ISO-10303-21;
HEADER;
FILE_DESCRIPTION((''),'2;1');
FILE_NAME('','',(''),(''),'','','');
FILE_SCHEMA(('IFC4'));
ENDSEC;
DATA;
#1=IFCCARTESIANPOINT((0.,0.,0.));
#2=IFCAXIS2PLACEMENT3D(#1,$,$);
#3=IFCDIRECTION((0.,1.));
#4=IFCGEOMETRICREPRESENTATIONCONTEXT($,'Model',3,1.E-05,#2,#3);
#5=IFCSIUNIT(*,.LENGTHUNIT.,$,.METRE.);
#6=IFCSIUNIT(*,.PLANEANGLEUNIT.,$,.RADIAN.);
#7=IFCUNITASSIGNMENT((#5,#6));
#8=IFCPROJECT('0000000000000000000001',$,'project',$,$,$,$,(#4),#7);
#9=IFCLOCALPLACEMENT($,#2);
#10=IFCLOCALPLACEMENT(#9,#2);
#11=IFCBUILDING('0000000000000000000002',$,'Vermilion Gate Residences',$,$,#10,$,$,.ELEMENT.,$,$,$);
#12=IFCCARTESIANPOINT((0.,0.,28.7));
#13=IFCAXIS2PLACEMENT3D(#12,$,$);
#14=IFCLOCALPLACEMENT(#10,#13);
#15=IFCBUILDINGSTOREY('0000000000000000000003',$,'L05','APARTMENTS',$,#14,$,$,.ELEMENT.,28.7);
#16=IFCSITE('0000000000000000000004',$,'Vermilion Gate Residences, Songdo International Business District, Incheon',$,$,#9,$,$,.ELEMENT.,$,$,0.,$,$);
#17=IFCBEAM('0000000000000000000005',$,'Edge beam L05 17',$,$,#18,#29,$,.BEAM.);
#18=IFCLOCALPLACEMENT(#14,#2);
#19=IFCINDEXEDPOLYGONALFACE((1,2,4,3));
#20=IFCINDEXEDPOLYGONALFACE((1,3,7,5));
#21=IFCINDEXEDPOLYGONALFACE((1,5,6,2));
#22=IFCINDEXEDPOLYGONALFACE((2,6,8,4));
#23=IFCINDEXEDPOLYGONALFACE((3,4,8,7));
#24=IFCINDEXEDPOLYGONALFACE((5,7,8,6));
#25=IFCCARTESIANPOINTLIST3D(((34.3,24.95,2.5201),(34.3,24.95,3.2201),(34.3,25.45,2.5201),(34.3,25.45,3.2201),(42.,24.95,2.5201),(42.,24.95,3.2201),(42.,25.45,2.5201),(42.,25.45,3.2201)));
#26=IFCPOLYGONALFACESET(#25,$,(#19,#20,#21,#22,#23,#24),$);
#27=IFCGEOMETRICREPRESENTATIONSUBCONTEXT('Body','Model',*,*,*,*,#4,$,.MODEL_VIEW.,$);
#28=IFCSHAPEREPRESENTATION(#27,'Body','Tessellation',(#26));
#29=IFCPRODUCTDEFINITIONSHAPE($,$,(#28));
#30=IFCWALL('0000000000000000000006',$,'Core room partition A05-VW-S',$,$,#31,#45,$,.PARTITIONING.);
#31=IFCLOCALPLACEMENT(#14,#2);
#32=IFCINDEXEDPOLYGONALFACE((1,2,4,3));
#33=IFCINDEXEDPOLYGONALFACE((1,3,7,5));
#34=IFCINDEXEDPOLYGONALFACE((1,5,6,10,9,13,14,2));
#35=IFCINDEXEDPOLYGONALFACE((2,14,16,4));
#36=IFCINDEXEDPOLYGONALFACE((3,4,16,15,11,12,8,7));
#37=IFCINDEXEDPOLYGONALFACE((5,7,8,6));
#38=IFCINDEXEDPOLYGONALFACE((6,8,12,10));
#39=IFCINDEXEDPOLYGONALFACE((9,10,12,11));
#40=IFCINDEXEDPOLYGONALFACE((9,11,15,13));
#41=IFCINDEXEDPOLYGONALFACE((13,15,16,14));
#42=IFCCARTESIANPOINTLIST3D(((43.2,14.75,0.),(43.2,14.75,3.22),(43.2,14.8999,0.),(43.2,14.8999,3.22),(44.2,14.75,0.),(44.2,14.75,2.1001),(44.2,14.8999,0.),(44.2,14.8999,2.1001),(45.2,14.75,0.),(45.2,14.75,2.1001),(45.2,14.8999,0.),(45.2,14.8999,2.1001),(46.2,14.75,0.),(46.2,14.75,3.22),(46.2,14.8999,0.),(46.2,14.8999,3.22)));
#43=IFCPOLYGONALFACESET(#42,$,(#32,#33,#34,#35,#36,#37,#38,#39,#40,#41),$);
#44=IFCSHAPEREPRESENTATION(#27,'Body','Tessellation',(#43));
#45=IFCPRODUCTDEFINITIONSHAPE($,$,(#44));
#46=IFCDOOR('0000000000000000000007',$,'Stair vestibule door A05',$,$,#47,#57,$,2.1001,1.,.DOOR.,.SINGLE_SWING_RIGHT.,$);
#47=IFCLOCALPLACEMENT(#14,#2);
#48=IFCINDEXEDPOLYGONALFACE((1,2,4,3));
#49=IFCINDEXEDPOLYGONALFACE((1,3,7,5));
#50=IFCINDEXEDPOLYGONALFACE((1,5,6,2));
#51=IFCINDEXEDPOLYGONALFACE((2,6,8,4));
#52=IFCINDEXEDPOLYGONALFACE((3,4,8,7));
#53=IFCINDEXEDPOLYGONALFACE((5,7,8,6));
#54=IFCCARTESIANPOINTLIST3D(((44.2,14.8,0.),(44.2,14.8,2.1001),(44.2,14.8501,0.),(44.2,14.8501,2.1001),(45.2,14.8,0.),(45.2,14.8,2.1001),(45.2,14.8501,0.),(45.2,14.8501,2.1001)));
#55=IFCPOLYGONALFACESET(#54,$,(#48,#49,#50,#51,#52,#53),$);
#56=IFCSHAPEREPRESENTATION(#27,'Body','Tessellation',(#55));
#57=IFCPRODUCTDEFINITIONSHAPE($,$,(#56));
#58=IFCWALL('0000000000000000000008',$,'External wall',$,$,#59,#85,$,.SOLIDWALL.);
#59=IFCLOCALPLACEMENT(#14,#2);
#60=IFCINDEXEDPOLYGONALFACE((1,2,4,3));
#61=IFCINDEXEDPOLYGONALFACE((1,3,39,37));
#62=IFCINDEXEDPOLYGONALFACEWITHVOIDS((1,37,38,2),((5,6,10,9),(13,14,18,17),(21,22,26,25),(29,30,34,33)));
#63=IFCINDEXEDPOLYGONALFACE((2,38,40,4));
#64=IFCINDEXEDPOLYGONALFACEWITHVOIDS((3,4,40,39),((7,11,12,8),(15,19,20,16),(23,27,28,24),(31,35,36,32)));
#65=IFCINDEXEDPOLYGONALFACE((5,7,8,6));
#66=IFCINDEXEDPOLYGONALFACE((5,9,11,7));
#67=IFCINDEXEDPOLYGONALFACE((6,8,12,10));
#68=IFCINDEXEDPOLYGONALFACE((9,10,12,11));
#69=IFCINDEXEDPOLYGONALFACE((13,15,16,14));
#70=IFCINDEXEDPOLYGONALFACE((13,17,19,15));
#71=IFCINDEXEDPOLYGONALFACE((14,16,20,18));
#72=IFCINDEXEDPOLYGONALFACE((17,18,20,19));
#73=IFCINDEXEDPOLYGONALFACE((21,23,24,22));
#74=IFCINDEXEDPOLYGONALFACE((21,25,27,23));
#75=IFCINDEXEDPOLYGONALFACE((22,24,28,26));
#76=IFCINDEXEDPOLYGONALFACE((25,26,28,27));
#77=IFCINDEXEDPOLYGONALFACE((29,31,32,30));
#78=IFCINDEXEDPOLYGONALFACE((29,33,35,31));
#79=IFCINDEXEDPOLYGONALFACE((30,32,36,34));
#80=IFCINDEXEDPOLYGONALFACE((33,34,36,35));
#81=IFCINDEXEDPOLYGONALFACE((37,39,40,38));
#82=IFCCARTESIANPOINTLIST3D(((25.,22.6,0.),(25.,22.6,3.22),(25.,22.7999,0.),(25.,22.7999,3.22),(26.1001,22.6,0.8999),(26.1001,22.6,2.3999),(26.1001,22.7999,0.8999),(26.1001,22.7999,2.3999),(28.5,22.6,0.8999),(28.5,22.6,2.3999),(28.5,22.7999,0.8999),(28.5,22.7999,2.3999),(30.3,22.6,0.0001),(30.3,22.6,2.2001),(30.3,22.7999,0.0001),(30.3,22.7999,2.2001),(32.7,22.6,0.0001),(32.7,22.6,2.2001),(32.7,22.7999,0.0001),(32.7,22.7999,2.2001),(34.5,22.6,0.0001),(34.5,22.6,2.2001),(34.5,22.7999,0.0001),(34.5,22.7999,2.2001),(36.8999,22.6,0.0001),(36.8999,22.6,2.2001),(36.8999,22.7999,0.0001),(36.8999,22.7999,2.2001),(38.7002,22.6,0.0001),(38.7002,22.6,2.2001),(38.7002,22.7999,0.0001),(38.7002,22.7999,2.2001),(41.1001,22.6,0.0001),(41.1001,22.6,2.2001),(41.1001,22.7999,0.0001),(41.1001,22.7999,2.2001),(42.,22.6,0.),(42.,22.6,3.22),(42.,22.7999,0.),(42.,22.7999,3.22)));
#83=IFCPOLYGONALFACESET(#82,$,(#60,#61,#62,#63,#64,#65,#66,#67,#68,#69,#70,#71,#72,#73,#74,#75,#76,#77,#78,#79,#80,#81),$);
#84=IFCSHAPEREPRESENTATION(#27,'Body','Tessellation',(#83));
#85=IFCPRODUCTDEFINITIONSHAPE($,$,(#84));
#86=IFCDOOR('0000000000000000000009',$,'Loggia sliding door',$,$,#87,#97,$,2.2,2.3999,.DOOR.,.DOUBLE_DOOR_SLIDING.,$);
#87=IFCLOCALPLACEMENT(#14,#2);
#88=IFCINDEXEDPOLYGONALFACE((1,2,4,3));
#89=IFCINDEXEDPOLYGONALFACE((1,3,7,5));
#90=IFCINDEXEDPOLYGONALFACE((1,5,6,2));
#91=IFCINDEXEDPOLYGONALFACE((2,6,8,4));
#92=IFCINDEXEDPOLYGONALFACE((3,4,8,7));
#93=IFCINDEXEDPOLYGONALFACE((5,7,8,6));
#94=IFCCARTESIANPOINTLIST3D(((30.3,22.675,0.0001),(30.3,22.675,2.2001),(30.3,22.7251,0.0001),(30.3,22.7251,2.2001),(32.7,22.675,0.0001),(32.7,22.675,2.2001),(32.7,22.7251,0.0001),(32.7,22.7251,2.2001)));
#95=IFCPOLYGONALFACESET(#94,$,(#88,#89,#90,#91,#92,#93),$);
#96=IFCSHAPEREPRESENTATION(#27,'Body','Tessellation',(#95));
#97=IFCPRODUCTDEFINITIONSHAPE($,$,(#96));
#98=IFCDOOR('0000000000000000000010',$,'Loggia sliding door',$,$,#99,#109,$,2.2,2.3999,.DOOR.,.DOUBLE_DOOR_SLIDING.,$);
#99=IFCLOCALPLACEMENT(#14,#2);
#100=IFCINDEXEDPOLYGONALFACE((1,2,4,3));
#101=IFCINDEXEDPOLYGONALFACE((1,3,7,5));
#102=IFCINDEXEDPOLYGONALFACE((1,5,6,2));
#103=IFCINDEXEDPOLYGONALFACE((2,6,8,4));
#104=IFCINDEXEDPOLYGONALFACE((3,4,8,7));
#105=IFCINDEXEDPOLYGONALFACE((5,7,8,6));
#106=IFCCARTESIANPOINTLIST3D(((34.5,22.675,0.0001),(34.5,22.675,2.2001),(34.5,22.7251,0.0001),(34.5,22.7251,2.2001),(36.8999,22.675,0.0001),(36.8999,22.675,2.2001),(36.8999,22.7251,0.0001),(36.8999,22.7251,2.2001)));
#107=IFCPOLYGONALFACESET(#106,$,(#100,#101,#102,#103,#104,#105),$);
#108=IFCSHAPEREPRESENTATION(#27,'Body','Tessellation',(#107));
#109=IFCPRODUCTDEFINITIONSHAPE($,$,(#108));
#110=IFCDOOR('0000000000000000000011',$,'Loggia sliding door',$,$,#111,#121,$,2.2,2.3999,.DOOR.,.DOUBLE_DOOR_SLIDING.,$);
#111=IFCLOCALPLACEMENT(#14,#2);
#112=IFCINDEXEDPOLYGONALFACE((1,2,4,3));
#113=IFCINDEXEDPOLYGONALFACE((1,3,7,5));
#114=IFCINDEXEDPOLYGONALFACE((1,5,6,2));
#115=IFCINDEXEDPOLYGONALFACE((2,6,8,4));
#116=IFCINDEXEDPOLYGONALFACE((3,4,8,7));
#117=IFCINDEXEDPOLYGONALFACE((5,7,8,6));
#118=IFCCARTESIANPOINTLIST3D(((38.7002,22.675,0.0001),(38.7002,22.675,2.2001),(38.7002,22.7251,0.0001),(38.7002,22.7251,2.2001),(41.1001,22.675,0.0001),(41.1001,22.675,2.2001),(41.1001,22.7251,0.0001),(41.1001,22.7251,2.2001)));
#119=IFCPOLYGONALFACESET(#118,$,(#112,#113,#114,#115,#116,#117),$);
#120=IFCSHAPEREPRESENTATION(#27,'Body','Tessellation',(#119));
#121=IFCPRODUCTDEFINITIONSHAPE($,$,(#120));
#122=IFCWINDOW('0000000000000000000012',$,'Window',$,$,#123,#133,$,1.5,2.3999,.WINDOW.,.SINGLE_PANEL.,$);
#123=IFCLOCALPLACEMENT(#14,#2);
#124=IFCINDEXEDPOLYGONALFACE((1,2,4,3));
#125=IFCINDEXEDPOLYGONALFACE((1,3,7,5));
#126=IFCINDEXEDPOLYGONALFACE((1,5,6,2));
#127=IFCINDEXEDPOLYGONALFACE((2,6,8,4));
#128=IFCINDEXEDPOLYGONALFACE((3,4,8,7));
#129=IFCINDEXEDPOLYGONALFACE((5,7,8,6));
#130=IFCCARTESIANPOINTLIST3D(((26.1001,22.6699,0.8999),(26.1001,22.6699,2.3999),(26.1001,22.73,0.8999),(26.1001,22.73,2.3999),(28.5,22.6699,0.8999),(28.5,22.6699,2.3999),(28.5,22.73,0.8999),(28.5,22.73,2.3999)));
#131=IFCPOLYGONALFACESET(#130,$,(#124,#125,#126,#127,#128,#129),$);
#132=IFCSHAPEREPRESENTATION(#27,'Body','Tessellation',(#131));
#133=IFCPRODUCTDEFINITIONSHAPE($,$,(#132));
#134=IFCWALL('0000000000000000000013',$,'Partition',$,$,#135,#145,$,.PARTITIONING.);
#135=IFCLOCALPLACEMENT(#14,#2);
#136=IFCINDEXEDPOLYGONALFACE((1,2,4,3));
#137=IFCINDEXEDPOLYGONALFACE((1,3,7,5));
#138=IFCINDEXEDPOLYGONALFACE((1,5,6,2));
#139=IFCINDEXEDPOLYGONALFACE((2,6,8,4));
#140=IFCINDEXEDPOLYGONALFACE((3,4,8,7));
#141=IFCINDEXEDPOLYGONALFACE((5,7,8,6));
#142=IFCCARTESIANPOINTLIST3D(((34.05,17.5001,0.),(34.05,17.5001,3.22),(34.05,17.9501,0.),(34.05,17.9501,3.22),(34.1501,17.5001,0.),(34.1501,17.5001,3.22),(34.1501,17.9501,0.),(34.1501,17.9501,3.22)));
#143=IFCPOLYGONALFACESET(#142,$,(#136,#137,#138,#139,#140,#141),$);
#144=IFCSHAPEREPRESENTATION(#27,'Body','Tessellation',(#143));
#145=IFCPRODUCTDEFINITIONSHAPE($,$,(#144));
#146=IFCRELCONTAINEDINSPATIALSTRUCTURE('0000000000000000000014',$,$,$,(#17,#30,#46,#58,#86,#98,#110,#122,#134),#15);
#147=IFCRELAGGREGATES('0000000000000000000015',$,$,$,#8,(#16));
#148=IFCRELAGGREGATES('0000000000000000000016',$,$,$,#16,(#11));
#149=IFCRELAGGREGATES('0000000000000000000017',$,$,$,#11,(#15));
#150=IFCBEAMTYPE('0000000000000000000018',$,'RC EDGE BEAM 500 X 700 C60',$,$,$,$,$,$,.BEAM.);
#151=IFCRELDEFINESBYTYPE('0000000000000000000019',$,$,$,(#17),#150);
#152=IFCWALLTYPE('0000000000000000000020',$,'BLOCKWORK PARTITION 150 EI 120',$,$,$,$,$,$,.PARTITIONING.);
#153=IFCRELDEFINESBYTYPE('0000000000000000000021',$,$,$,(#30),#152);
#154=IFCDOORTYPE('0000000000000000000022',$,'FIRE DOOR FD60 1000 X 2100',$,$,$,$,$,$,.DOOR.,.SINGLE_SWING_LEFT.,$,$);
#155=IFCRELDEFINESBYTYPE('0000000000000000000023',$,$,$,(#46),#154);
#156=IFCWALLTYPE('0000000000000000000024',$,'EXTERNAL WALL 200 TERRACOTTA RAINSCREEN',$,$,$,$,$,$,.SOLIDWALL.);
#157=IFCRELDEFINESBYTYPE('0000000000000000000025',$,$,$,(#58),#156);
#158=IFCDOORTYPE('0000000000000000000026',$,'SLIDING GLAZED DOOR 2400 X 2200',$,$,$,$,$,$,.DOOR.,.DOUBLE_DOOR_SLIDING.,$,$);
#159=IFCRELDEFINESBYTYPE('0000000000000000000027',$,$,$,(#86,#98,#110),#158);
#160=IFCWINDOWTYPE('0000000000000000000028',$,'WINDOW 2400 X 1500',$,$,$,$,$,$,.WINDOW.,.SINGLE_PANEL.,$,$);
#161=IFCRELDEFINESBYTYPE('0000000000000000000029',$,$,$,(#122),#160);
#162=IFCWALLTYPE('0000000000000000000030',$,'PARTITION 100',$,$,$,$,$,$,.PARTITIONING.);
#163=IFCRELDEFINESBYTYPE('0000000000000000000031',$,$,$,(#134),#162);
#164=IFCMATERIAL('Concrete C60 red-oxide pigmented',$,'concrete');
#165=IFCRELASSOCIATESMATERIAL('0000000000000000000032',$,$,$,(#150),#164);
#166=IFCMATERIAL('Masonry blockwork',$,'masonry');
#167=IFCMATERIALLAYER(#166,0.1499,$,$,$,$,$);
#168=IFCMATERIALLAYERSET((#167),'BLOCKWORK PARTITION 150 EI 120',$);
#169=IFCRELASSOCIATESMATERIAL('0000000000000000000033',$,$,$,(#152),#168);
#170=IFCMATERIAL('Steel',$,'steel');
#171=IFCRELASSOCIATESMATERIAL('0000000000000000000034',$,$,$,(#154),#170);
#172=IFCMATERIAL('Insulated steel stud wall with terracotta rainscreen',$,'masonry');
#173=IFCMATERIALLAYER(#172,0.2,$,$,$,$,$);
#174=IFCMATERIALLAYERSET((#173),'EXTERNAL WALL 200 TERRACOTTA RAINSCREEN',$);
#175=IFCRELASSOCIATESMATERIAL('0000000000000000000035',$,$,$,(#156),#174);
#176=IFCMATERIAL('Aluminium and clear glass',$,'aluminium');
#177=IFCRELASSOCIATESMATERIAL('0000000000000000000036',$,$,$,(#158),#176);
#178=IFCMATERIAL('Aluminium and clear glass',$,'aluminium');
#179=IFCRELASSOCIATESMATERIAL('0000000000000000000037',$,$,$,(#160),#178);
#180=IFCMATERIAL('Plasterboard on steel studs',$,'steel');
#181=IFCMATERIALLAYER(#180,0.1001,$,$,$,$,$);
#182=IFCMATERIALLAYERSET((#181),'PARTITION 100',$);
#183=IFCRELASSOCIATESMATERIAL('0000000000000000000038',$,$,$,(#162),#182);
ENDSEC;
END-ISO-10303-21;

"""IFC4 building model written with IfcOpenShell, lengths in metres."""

from ifc_helpers import new_model, si_unit, direction, frame, frame_2d, origin, origin_2d, place, context, subcontext, project, spatial, rectangle, extrude, material, layer, layer_set, material_profile, profile_set, type_object, element, fill, save


model = new_model("IFC4")

# Units and contexts
model_context = context("Model", 3, precision=1e-05, world=origin(), true_north=direction((0.0, 1.0)))
body_context = subcontext(model_context, "Body", "Model", "MODEL_VIEW")
ifc_project = project(units=[si_unit("LENGTHUNIT", "METRE"), si_unit("PLANEANGLEUNIT", "RADIAN")], contexts=[model_context])

# Site, building, storey
site_placement = place(None, origin())
site = spatial("IfcSite", under=ifc_project, at=site_placement, Name="Vermilion Gate Residences, Songdo International Business District, Incheon", CompositionType="ELEMENT", RefElevation=0.0)
building_placement = place(site_placement, origin())
building = spatial("IfcBuilding", under=site, at=building_placement, Name="Vermilion Gate Residences", CompositionType="ELEMENT")
storey_placement = place(building_placement, frame((0.0, 0.0, 28.7)))
storey = spatial("IfcBuildingStorey", under=building, at=storey_placement, Name="L05", Description="APARTMENTS", CompositionType="ELEMENT", Elevation=28.7)

# Beam
ifc_material_1 = material(Name="Concrete C60 red-oxide pigmented", Category="concrete")
ifc_material_profile_1 = material_profile(ifc_material_1, rectangle(XDim=0.5, YDim=0.7, at=origin_2d()), Name="RC-500x700")
ifc_profile_set_1 = profile_set([ifc_material_profile_1], Name="Concrete C60 red-oxide pigmented")
beam_type = type_object("IfcBeamType", Name="RC EDGE BEAM 500 X 700 C60", PredefinedType="BEAM", material=ifc_profile_set_1)
beam_placement = place(storey_placement, frame((34.3, 25.2, 2.8701), z_axis=(1.0, 0.0, 0.0), x_axis=(0.0, 1.0, 0.0)))
element("IfcBeam", 1, at=beam_placement, inside=storey, type_object=beam_type, Name="Edge beam L05 17", PredefinedType="BEAM", context=body_context, shape_type="SweptSolid", body=[
    extrude(rectangle(XDim=0.5, YDim=0.7, at=origin_2d()), origin(), (0.0, 0.0, 1.0), 7.7),
])

# Wall, opening, door
ifc_material_2 = material(Name="Masonry blockwork", Category="masonry")
ifc_layer_1 = layer(ifc_material_2, 0.1499)
ifc_layer_set_1 = layer_set([ifc_layer_1], Name="BLOCKWORK PARTITION 150 EI 120")
wall_type_1 = type_object("IfcWallType", Name="BLOCKWORK PARTITION 150 EI 120", PredefinedType="PARTITIONING", material=ifc_layer_set_1)
wall_1_placement = place(storey_placement, frame((43.2, 14.825, 0.0), z_axis=(0.0, 0.0, 1.0), x_axis=(1.0, 0.0, 0.0)))
wall_1 = element("IfcWall", 2, at=wall_1_placement, inside=storey, type_object=wall_type_1, Name="Core room partition A05-VW-S", PredefinedType="PARTITIONING", context=body_context, shape_type="SweptSolid", body=[
    extrude(rectangle(XDim=3.0, YDim=0.1499, at=frame_2d((1.5, 0.0))), origin(), (0.0, 0.0, 1.0), 3.22),
])
opening_1_placement = place(wall_1_placement, frame((1.0, 0.0, 0.0)))
opening_1 = element("IfcOpeningElement", 3, at=opening_1_placement, cuts=wall_1, PredefinedType="OPENING", context=body_context, shape_type="SweptSolid", body=[
    extrude(rectangle(XDim=1.0, YDim=2.1001, at=frame_2d((0.5, 1.05))), frame((0.0, 0.085, 0.0), z_axis=(0.0, -1.0, 0.0), x_axis=(1.0, 0.0, 0.0)), (0.0, 0.0, 1.0), 0.1699),
])
ifc_material_3 = material(Name="Steel", Category="steel")
door_type_1 = type_object("IfcDoorType", Name="FIRE DOOR FD60 1000 X 2100", OperationType="SINGLE_SWING_LEFT", PredefinedType="DOOR", material=ifc_material_3)
door_1_placement = place(opening_1_placement, frame((1.0, 0.0, 0.0), z_axis=(0.0, 0.0, 1.0), x_axis=(-1.0, 0.0, 0.0)))
door_1 = element("IfcDoor", 4, at=door_1_placement, inside=storey, type_object=door_type_1, Name="Stair vestibule door A05", OperationType="SINGLE_SWING_RIGHT", OverallHeight=2.1001, OverallWidth=1.0, PredefinedType="DOOR", context=body_context, shape_type="SweptSolid", body=[
    extrude(rectangle(XDim=1.0, YDim=2.1001, at=frame_2d((0.5, 1.05))), frame((0.0, 0.0249, 0.0), z_axis=(0.0, -1.0, 0.0), x_axis=(1.0, 0.0, 0.0)), (0.0, 0.0, 1.0), 0.05),
])
fill(opening_1, door_1)

# Wall, openings, doors, window
ifc_material_4 = material(Name="Insulated steel stud wall with terracotta rainscreen", Category="masonry")
ifc_layer_2 = layer(ifc_material_4, 0.2)
ifc_layer_set_2 = layer_set([ifc_layer_2], Name="EXTERNAL WALL 200 TERRACOTTA RAINSCREEN")
wall_type_2 = type_object("IfcWallType", Name="EXTERNAL WALL 200 TERRACOTTA RAINSCREEN", PredefinedType="SOLIDWALL", material=ifc_layer_set_2)
wall_2_placement = place(storey_placement, frame((42.0, 22.7, 0.0), z_axis=(0.0, 0.0, 1.0), x_axis=(-1.0, 0.0, 0.0)))
wall_2 = element("IfcWall", 5, at=wall_2_placement, inside=storey, type_object=wall_type_2, Name="External wall", PredefinedType="SOLIDWALL", context=body_context, shape_type="SweptSolid", body=[
    extrude(rectangle(XDim=17.0, YDim=0.2, at=frame_2d((8.5, 0.0))), origin(), (0.0, 0.0, 1.0), 3.22),
])
opening_2_placement = place(wall_2_placement, frame((13.5, 0.0, 0.8999)))
opening_2 = element("IfcOpeningElement", 6, at=opening_2_placement, cuts=wall_2, PredefinedType="OPENING", context=body_context, shape_type="SweptSolid", body=[
    extrude(rectangle(XDim=2.3999, YDim=1.5, at=frame_2d((1.2, 0.75))), frame((0.0, 0.1099, 0.0), z_axis=(0.0, -1.0, 0.0), x_axis=(1.0, 0.0, 0.0)), (0.0, 0.0, 1.0), 0.22),
])
opening_3_placement = place(wall_2_placement, frame((9.3, 0.0, 0.0)))
opening_3 = element("IfcOpeningElement", 7, at=opening_3_placement, cuts=wall_2, PredefinedType="OPENING", context=body_context, shape_type="SweptSolid", body=[
    extrude(rectangle(XDim=2.3999, YDim=2.2, at=frame_2d((1.2, 1.1001))), frame((0.0, 0.1099, 0.0), z_axis=(0.0, -1.0, 0.0), x_axis=(1.0, 0.0, 0.0)), (0.0, 0.0, 1.0), 0.22),
])
opening_4_placement = place(wall_2_placement, frame((5.1001, 0.0, 0.0)))
opening_4 = element("IfcOpeningElement", 8, at=opening_4_placement, cuts=wall_2, PredefinedType="OPENING", context=body_context, shape_type="SweptSolid", body=[
    extrude(rectangle(XDim=2.3999, YDim=2.2, at=frame_2d((1.2, 1.1001))), frame((0.0, 0.1099, 0.0), z_axis=(0.0, -1.0, 0.0), x_axis=(1.0, 0.0, 0.0)), (0.0, 0.0, 1.0), 0.22),
])
opening_5_placement = place(wall_2_placement, frame((0.8999, 0.0, 0.0)))
opening_5 = element("IfcOpeningElement", 9, at=opening_5_placement, cuts=wall_2, PredefinedType="OPENING", context=body_context, shape_type="SweptSolid", body=[
    extrude(rectangle(XDim=2.3999, YDim=2.2, at=frame_2d((1.2, 1.1001))), frame((0.0, 0.1099, 0.0), z_axis=(0.0, -1.0, 0.0), x_axis=(1.0, 0.0, 0.0)), (0.0, 0.0, 1.0), 0.22),
])
ifc_material_5 = material(Name="Aluminium and clear glass", Category="aluminium")
door_type_2 = type_object("IfcDoorType", Name="SLIDING GLAZED DOOR 2400 X 2200", OperationType="DOUBLE_DOOR_SLIDING", PredefinedType="DOOR", material=ifc_material_5)
door_2_placement = place(opening_3_placement, origin())
door_2 = element("IfcDoor", 10, at=door_2_placement, inside=storey, type_object=door_type_2, Name="Loggia sliding door", OperationType="DOUBLE_DOOR_SLIDING", OverallHeight=2.2, OverallWidth=2.3999, PredefinedType="DOOR", context=body_context, shape_type="SweptSolid", body=[
    extrude(rectangle(XDim=2.3999, YDim=2.2, at=frame_2d((1.2, 1.1001))), frame((0.0, 0.0249, 0.0), z_axis=(0.0, -1.0, 0.0), x_axis=(1.0, 0.0, 0.0)), (0.0, 0.0, 1.0), 0.05),
])
fill(opening_3, door_2)
door_3_placement = place(opening_4_placement, origin())
door_3 = element("IfcDoor", 11, at=door_3_placement, inside=storey, type_object=door_type_2, Name="Loggia sliding door", OperationType="DOUBLE_DOOR_SLIDING", OverallHeight=2.2, OverallWidth=2.3999, PredefinedType="DOOR", context=body_context, shape_type="SweptSolid", body=[
    extrude(rectangle(XDim=2.3999, YDim=2.2, at=frame_2d((1.2, 1.1001))), frame((0.0, 0.0249, 0.0), z_axis=(0.0, -1.0, 0.0), x_axis=(1.0, 0.0, 0.0)), (0.0, 0.0, 1.0), 0.05),
])
fill(opening_4, door_3)
door_4_placement = place(opening_5_placement, origin())
door_4 = element("IfcDoor", 12, at=door_4_placement, inside=storey, type_object=door_type_2, Name="Loggia sliding door", OperationType="DOUBLE_DOOR_SLIDING", OverallHeight=2.2, OverallWidth=2.3999, PredefinedType="DOOR", context=body_context, shape_type="SweptSolid", body=[
    extrude(rectangle(XDim=2.3999, YDim=2.2, at=frame_2d((1.2, 1.1001))), frame((0.0, 0.0249, 0.0), z_axis=(0.0, -1.0, 0.0), x_axis=(1.0, 0.0, 0.0)), (0.0, 0.0, 1.0), 0.05),
])
fill(opening_5, door_4)
ifc_material_6 = material(Name="Aluminium and clear glass", Category="aluminium")
window_type_1 = type_object("IfcWindowType", Name="WINDOW 2400 X 1500", PartitioningType="SINGLE_PANEL", PredefinedType="WINDOW", material=ifc_material_6)
window_1_placement = place(opening_2_placement, origin())
window_1 = element("IfcWindow", 13, at=window_1_placement, inside=storey, type_object=window_type_1, Name="Window", OverallHeight=1.5, OverallWidth=2.3999, PartitioningType="SINGLE_PANEL", PredefinedType="WINDOW", context=body_context, shape_type="SweptSolid", body=[
    extrude(rectangle(XDim=2.3999, YDim=1.5, at=frame_2d((1.2, 0.75))), frame((0.0, 0.03, 0.0), z_axis=(0.0, -1.0, 0.0), x_axis=(1.0, 0.0, 0.0)), (0.0, 0.0, 1.0), 0.0601),
])
fill(opening_2, window_1)

# Wall
ifc_material_7 = material(Name="Plasterboard on steel studs", Category="steel")
ifc_layer_3 = layer(ifc_material_7, 0.1001)
ifc_layer_set_3 = layer_set([ifc_layer_3], Name="PARTITION 100")
wall_type_3 = type_object("IfcWallType", Name="PARTITION 100", PredefinedType="PARTITIONING", material=ifc_layer_set_3)
wall_3_placement = place(storey_placement, frame((34.1001, 17.5, 0.0), z_axis=(0.0, 0.0, 1.0), x_axis=(0.0, 1.0, 0.0)))
element("IfcWall", 14, at=wall_3_placement, inside=storey, type_object=wall_type_3, Name="Partition", PredefinedType="PARTITIONING", context=body_context, shape_type="SweptSolid", body=[
    extrude(rectangle(XDim=0.45, YDim=0.1001, at=frame_2d((0.2251, 0.0))), origin(), (0.0, 0.0, 1.0), 3.22),
])

save(model, "model.ifc")
